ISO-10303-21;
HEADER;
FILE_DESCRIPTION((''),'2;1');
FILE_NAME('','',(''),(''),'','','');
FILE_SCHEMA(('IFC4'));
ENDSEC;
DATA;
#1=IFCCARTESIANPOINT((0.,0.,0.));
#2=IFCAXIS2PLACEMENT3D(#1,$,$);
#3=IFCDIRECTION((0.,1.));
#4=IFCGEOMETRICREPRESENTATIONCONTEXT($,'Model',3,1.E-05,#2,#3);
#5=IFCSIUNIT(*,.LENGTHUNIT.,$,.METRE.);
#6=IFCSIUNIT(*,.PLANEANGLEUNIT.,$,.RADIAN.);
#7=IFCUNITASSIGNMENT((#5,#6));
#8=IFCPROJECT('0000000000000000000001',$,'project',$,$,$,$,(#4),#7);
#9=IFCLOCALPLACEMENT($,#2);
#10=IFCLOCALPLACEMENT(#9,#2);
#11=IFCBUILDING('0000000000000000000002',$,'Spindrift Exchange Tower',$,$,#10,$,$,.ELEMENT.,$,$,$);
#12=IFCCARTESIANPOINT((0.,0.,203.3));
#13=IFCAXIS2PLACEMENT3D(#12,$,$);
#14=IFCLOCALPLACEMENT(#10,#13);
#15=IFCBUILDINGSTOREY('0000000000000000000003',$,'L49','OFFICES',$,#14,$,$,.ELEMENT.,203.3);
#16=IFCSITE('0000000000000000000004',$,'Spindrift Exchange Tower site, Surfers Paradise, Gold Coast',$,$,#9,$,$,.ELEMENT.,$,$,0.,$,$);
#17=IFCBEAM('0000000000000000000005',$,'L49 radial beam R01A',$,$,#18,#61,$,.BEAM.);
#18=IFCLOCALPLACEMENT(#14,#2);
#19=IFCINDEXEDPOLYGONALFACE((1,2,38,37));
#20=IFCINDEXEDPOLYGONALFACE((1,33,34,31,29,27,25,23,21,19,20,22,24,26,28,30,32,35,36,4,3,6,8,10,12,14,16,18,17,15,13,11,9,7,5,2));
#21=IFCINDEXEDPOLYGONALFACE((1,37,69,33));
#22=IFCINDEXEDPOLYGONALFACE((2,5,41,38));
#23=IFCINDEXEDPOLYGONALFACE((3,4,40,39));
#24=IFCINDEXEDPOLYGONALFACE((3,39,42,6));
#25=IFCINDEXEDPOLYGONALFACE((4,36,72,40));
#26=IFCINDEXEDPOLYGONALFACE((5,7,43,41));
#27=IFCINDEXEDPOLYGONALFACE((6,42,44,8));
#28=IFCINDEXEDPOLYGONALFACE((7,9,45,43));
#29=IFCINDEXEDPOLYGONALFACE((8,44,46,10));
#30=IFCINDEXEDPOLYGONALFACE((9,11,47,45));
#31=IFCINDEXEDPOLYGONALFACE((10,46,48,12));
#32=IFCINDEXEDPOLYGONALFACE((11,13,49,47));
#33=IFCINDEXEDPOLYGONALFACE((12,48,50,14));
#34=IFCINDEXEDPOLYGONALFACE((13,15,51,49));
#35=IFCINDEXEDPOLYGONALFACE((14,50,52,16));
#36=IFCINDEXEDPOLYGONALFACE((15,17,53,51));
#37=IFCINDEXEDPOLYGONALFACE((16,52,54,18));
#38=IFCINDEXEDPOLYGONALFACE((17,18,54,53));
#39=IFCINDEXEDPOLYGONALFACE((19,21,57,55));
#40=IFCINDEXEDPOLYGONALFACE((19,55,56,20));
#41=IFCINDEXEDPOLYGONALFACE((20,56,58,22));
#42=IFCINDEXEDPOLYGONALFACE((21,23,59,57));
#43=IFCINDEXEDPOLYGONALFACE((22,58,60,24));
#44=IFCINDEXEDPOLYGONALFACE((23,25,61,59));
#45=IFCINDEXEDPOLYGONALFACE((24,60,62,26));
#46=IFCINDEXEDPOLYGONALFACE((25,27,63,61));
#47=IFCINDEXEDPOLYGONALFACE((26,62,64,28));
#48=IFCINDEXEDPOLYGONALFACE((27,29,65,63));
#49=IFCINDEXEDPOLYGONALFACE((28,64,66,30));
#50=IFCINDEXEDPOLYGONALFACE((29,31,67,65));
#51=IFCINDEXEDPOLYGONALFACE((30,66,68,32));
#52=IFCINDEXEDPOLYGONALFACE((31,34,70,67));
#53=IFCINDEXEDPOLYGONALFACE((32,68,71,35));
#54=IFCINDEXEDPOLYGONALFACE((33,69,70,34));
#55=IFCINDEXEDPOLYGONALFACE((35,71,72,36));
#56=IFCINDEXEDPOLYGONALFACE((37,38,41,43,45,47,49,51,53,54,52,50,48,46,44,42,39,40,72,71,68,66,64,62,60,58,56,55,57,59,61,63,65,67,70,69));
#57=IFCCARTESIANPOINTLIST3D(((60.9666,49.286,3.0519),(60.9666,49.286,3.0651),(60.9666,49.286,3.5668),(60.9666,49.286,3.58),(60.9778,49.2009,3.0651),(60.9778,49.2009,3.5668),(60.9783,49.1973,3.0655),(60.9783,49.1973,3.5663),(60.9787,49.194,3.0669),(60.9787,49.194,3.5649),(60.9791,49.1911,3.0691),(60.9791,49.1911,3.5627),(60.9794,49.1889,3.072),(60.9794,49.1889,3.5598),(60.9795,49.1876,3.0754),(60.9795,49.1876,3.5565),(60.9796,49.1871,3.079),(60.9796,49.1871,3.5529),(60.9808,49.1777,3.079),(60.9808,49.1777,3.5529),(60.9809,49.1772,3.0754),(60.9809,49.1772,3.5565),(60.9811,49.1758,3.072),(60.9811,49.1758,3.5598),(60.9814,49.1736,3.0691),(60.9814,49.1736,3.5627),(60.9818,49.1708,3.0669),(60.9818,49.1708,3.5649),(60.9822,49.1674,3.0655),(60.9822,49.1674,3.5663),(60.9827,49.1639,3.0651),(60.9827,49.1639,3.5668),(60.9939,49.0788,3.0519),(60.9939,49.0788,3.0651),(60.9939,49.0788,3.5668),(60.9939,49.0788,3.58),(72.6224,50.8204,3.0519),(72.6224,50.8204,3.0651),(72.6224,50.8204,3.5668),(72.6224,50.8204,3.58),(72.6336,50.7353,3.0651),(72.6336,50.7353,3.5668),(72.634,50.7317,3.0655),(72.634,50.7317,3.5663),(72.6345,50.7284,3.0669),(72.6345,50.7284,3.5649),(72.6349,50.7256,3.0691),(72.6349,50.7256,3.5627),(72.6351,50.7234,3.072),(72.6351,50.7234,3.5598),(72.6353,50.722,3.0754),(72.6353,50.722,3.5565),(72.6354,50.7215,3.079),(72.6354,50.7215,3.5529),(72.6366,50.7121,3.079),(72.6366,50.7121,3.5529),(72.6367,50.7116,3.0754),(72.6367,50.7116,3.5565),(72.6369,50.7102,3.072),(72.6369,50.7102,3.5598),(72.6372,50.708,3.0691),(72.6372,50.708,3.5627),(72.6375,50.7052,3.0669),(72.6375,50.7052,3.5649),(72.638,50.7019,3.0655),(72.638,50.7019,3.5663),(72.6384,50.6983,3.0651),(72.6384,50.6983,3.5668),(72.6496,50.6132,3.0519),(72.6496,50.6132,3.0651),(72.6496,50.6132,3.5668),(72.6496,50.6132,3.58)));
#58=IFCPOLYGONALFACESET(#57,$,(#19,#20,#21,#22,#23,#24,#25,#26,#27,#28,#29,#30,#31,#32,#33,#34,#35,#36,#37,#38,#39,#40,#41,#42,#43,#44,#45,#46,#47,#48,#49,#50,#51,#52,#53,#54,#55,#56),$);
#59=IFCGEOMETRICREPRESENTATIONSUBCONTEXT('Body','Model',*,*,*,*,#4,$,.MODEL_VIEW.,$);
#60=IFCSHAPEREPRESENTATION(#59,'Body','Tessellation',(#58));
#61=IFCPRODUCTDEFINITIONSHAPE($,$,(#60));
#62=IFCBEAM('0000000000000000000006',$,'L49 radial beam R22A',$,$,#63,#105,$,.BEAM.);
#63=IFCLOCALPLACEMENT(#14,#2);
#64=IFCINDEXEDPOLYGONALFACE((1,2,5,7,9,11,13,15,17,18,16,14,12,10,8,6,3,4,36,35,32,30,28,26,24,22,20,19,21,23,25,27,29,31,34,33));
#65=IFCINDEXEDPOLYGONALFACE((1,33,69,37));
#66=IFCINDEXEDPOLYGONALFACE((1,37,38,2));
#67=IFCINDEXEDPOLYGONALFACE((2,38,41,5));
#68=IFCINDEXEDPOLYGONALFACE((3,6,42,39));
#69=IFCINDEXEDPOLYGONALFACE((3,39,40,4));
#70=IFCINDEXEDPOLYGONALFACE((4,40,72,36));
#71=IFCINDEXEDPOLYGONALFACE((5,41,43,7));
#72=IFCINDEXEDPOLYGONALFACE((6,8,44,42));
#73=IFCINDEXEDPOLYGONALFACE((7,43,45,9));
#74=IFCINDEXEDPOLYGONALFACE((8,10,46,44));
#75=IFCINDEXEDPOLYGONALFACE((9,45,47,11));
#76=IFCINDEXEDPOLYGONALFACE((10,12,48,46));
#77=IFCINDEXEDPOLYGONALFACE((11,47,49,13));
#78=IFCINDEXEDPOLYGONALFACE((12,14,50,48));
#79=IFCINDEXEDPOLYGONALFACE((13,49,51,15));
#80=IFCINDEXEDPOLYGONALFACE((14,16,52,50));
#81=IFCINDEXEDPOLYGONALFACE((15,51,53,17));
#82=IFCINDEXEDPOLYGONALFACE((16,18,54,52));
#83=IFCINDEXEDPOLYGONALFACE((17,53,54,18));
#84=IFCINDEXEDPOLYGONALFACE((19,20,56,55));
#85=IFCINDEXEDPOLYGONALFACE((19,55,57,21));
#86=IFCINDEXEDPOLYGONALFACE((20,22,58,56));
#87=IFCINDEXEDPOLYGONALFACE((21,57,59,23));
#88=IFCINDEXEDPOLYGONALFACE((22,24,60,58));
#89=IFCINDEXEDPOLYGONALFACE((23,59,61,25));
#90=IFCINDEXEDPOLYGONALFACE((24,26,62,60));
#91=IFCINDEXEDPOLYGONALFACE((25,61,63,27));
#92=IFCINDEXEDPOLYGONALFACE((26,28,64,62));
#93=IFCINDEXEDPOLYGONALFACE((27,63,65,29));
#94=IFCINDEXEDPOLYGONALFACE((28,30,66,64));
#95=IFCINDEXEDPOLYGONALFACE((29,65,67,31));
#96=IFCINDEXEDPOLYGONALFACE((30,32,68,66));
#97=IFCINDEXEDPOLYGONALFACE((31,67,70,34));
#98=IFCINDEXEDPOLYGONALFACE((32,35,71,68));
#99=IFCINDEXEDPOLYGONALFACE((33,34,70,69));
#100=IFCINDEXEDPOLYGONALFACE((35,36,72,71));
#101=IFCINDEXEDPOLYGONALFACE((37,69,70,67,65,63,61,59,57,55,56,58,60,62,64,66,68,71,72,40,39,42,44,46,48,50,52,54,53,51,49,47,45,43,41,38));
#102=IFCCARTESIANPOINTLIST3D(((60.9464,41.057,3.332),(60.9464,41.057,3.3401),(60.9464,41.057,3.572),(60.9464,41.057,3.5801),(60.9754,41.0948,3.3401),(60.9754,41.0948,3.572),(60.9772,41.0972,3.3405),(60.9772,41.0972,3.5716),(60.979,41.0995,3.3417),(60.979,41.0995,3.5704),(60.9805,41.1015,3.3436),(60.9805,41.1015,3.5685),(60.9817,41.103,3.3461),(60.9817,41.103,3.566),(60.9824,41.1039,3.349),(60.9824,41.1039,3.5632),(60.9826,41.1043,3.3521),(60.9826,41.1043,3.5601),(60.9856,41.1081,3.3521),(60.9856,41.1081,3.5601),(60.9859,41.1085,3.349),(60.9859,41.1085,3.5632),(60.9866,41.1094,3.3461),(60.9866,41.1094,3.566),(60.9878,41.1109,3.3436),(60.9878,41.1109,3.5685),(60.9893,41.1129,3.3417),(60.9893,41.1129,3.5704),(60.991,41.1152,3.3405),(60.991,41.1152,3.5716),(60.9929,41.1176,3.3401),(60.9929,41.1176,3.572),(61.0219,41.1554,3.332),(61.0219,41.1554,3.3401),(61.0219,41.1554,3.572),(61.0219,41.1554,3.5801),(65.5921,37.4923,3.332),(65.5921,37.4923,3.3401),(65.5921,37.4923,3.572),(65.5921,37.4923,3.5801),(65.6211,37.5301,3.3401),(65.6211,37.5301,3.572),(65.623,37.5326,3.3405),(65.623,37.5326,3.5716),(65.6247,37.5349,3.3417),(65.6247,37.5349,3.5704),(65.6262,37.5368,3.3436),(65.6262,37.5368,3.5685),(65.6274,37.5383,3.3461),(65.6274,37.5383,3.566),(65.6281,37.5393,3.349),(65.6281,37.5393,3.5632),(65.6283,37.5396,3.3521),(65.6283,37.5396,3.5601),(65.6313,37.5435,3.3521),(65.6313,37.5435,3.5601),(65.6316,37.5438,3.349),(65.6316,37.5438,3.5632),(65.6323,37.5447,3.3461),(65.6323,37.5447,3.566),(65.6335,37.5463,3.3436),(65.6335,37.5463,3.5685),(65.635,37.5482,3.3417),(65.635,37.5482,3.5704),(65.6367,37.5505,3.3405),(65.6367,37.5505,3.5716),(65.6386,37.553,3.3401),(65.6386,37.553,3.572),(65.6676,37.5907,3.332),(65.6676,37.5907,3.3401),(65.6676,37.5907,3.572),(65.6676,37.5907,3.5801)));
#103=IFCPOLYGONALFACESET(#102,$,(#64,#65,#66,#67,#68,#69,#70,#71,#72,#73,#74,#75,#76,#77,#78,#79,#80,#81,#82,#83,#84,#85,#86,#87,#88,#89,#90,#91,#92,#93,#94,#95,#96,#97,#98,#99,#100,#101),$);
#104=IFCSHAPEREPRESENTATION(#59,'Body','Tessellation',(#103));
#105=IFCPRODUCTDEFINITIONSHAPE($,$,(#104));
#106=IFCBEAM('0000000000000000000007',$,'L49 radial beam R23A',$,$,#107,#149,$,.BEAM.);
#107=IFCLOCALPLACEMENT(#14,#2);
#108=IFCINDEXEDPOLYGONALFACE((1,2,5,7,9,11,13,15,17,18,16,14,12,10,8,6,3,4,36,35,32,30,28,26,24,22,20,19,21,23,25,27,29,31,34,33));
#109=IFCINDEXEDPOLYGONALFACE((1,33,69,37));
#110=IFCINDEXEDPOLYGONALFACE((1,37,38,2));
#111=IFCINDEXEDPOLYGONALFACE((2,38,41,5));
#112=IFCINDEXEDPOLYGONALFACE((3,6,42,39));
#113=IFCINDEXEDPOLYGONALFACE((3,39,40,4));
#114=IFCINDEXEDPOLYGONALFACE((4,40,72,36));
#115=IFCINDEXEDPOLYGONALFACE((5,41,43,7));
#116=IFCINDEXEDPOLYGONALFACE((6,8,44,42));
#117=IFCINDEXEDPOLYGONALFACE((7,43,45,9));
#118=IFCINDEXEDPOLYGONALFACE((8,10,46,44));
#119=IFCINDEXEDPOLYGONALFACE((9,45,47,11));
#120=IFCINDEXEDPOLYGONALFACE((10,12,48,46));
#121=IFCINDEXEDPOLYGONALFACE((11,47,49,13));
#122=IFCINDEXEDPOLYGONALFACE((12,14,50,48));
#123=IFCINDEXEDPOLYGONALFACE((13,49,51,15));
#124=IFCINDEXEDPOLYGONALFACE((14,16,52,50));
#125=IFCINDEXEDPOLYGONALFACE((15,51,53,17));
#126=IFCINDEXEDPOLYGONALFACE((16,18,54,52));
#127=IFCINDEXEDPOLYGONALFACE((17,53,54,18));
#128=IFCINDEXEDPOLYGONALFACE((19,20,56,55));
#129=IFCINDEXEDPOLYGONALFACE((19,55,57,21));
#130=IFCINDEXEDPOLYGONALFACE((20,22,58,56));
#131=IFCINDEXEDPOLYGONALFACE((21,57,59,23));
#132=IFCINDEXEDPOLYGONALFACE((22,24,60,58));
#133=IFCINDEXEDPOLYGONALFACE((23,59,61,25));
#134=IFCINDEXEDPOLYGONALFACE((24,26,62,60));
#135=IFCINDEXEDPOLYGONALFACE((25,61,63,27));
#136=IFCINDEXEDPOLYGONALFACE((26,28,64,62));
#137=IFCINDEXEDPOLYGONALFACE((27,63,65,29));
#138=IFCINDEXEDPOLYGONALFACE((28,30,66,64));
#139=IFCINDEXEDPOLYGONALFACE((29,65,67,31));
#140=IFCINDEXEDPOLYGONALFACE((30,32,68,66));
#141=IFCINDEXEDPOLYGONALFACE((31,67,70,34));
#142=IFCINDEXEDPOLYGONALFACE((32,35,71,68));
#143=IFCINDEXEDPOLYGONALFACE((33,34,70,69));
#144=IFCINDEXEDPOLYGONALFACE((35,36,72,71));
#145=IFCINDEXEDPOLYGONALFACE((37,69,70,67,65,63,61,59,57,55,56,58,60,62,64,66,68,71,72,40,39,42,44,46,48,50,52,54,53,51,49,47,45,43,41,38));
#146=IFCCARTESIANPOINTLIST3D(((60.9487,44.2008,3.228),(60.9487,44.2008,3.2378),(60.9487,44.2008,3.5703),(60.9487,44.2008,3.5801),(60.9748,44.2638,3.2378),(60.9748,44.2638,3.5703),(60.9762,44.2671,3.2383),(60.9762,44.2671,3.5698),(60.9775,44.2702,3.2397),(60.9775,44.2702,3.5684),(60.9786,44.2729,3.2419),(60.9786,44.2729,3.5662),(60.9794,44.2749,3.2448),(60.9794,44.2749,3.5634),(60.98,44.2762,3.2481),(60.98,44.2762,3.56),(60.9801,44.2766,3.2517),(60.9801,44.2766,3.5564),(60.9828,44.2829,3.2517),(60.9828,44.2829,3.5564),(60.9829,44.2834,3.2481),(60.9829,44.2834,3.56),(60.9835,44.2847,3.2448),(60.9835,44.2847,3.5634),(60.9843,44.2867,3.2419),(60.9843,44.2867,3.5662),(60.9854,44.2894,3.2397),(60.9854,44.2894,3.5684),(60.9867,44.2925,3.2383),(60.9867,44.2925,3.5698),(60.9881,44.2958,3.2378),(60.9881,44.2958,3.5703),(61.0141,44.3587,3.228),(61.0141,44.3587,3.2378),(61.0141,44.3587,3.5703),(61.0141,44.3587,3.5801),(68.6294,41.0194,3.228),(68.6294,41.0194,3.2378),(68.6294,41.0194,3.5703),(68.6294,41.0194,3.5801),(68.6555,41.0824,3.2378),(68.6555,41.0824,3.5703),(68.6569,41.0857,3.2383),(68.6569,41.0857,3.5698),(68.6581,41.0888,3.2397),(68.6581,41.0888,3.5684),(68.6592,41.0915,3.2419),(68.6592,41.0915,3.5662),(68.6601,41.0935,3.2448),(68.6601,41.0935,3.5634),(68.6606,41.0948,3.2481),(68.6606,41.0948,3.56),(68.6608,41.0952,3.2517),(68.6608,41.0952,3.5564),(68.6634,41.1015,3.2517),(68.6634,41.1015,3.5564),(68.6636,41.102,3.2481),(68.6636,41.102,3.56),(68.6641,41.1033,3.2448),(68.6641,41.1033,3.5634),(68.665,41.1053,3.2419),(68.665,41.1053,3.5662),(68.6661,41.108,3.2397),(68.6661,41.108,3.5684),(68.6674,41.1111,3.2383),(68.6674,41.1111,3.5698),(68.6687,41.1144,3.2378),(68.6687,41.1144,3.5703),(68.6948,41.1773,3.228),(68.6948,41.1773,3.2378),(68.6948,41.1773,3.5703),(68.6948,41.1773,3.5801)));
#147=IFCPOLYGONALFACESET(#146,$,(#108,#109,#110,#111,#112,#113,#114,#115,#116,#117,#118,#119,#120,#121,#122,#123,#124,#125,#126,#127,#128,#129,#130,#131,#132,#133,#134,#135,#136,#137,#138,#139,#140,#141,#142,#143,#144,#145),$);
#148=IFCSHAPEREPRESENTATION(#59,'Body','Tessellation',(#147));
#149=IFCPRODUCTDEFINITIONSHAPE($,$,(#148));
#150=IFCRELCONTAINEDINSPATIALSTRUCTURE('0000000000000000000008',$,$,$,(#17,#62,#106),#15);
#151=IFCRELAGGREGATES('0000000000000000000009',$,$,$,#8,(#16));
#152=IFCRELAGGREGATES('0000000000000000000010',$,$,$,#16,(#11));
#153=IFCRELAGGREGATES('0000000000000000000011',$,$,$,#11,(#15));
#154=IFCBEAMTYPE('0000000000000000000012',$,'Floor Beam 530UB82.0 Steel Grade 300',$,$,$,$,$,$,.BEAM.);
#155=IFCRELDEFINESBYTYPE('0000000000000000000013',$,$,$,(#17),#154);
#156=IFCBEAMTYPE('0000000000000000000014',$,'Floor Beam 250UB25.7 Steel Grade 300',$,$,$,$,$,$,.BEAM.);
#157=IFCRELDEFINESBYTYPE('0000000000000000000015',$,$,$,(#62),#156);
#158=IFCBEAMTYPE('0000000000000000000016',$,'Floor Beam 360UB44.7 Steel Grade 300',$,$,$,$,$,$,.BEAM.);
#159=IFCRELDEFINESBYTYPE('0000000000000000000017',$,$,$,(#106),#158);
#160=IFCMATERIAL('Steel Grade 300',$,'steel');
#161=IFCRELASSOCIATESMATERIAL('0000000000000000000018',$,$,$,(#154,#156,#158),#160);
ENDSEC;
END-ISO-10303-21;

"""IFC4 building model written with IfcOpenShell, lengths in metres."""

from ifc_helpers import new_model, si_unit, direction, frame, origin, origin_2d, place, context, subcontext, project, spatial, i_section, extrude, source, transform, mapped, material, material_profile, profile_set, type_object, element, save


model = new_model("IFC4")

# Units and contexts
model_context = context("Model", 3, precision=1e-05, world=origin(), true_north=direction((0.0, 1.0)))
body_context = subcontext(model_context, "Body", "Model", "MODEL_VIEW")
ifc_project = project(units=[si_unit("LENGTHUNIT", "METRE"), si_unit("PLANEANGLEUNIT", "RADIAN")], contexts=[model_context])

# Site, building, storey
site_placement = place(None, origin())
site = spatial("IfcSite", under=ifc_project, at=site_placement, Name="Spindrift Exchange Tower site, Surfers Paradise, Gold Coast", CompositionType="ELEMENT", RefElevation=0.0)
building_placement = place(site_placement, origin())
building = spatial("IfcBuilding", under=site, at=building_placement, Name="Spindrift Exchange Tower", CompositionType="ELEMENT")
storey_placement = place(building_placement, frame((0.0, 0.0, 203.3)))
storey = spatial("IfcBuildingStorey", under=building, at=storey_placement, Name="L49", Description="OFFICES", CompositionType="ELEMENT", Elevation=203.3)

# Beams
ifc_material_1 = material(Name="Steel Grade 300", Category="steel")
ifc_material_profile_1 = material_profile(ifc_material_1, i_section(OverallWidth=0.209, OverallDepth=0.5281, WebThickness=0.0095, FlangeThickness=0.0132, FilletRadius=0.0139, at=origin_2d()), Name="530UB82.0")
ifc_profile_set_1 = profile_set([ifc_material_profile_1], Name="Steel Grade 300")
beam_type_1 = type_object("IfcBeamType", Name="Floor Beam 530UB82.0 Steel Grade 300", PredefinedType="BEAM", material=ifc_profile_set_1)
shared_shape_1 = source(origin(), body_context, "Body", "SweptSolid", [
    extrude(i_section(OverallWidth=0.209, OverallDepth=0.5281, WebThickness=0.0095, FlangeThickness=0.0132, FilletRadius=0.0139, at=origin_2d()), origin(), (0.0, 0.0, 1.0), 11.7563),
])
beam_1_placement = place(storey_placement, frame((60.9802, 49.1824, 3.3159), z_axis=(0.991446, 0.130519, 0.0), x_axis=(-0.130519, 0.991446, 0.0)))
element("IfcBeam", 1, at=beam_1_placement, inside=storey, type_object=beam_type_1, Name="L49 radial beam R01A", PredefinedType="BEAM", context=body_context, shape_type="MappedRepresentation", body=[
    mapped(shared_shape_1, transform((0.0, 0.0, 0.0), scale=1.0)),
])
ifc_material_profile_2 = material_profile(ifc_material_1, i_section(OverallWidth=0.124, OverallDepth=0.248, WebThickness=0.0049, FlangeThickness=0.0081, FilletRadius=0.012, at=origin_2d()), Name="250UB25.7")
ifc_profile_set_2 = profile_set([ifc_material_profile_2], Name="Steel Grade 300")
beam_type_2 = type_object("IfcBeamType", Name="Floor Beam 250UB25.7 Steel Grade 300", PredefinedType="BEAM", material=ifc_profile_set_2)
shared_shape_2 = source(origin(), body_context, "Body", "SweptSolid", [
    extrude(i_section(OverallWidth=0.124, OverallDepth=0.248, WebThickness=0.0049, FlangeThickness=0.0081, FilletRadius=0.012, at=origin_2d()), origin(), (0.0, 0.0, 1.0), 5.8557),
])
beam_2_placement = place(storey_placement, frame((60.9841, 41.1062, 3.4561), z_axis=(0.793363, -0.608749, 0.0), x_axis=(0.608749, 0.793363, 0.0)))
element("IfcBeam", 2, at=beam_2_placement, inside=storey, type_object=beam_type_2, Name="L49 radial beam R22A", PredefinedType="BEAM", context=body_context, shape_type="MappedRepresentation", body=[
    mapped(shared_shape_2, transform((0.0, 0.0, 0.0), scale=1.0)),
])
ifc_material_profile_3 = material_profile(ifc_material_1, i_section(OverallWidth=0.1709, OverallDepth=0.3521, WebThickness=0.0068, FlangeThickness=0.0098, FilletRadius=0.0139, at=origin_2d()), Name="360UB44.7")
ifc_profile_set_3 = profile_set([ifc_material_profile_3], Name="Steel Grade 300")
beam_type_3 = type_object("IfcBeamType", Name="Floor Beam 360UB44.7 Steel Grade 300", PredefinedType="BEAM", material=ifc_profile_set_3)
shared_shape_3 = source(origin(), body_context, "Body", "SweptSolid", [
    extrude(i_section(OverallWidth=0.1709, OverallDepth=0.3521, WebThickness=0.0068, FlangeThickness=0.0098, FilletRadius=0.0139, at=origin_2d()), origin(), (0.0, 0.0, 1.0), 8.3135),
])
beam_3_placement = place(storey_placement, frame((60.9814, 44.2798, 3.4041), z_axis=(0.923881, -0.382679, 0.0), x_axis=(0.382679, 0.923881, 0.0)))
element("IfcBeam", 3, at=beam_3_placement, inside=storey, type_object=beam_type_3, Name="L49 radial beam R23A", PredefinedType="BEAM", context=body_context, shape_type="MappedRepresentation", body=[
    mapped(shared_shape_3, transform((0.0, 0.0, 0.0), scale=1.0)),
])

save(model, "model.ifc")
